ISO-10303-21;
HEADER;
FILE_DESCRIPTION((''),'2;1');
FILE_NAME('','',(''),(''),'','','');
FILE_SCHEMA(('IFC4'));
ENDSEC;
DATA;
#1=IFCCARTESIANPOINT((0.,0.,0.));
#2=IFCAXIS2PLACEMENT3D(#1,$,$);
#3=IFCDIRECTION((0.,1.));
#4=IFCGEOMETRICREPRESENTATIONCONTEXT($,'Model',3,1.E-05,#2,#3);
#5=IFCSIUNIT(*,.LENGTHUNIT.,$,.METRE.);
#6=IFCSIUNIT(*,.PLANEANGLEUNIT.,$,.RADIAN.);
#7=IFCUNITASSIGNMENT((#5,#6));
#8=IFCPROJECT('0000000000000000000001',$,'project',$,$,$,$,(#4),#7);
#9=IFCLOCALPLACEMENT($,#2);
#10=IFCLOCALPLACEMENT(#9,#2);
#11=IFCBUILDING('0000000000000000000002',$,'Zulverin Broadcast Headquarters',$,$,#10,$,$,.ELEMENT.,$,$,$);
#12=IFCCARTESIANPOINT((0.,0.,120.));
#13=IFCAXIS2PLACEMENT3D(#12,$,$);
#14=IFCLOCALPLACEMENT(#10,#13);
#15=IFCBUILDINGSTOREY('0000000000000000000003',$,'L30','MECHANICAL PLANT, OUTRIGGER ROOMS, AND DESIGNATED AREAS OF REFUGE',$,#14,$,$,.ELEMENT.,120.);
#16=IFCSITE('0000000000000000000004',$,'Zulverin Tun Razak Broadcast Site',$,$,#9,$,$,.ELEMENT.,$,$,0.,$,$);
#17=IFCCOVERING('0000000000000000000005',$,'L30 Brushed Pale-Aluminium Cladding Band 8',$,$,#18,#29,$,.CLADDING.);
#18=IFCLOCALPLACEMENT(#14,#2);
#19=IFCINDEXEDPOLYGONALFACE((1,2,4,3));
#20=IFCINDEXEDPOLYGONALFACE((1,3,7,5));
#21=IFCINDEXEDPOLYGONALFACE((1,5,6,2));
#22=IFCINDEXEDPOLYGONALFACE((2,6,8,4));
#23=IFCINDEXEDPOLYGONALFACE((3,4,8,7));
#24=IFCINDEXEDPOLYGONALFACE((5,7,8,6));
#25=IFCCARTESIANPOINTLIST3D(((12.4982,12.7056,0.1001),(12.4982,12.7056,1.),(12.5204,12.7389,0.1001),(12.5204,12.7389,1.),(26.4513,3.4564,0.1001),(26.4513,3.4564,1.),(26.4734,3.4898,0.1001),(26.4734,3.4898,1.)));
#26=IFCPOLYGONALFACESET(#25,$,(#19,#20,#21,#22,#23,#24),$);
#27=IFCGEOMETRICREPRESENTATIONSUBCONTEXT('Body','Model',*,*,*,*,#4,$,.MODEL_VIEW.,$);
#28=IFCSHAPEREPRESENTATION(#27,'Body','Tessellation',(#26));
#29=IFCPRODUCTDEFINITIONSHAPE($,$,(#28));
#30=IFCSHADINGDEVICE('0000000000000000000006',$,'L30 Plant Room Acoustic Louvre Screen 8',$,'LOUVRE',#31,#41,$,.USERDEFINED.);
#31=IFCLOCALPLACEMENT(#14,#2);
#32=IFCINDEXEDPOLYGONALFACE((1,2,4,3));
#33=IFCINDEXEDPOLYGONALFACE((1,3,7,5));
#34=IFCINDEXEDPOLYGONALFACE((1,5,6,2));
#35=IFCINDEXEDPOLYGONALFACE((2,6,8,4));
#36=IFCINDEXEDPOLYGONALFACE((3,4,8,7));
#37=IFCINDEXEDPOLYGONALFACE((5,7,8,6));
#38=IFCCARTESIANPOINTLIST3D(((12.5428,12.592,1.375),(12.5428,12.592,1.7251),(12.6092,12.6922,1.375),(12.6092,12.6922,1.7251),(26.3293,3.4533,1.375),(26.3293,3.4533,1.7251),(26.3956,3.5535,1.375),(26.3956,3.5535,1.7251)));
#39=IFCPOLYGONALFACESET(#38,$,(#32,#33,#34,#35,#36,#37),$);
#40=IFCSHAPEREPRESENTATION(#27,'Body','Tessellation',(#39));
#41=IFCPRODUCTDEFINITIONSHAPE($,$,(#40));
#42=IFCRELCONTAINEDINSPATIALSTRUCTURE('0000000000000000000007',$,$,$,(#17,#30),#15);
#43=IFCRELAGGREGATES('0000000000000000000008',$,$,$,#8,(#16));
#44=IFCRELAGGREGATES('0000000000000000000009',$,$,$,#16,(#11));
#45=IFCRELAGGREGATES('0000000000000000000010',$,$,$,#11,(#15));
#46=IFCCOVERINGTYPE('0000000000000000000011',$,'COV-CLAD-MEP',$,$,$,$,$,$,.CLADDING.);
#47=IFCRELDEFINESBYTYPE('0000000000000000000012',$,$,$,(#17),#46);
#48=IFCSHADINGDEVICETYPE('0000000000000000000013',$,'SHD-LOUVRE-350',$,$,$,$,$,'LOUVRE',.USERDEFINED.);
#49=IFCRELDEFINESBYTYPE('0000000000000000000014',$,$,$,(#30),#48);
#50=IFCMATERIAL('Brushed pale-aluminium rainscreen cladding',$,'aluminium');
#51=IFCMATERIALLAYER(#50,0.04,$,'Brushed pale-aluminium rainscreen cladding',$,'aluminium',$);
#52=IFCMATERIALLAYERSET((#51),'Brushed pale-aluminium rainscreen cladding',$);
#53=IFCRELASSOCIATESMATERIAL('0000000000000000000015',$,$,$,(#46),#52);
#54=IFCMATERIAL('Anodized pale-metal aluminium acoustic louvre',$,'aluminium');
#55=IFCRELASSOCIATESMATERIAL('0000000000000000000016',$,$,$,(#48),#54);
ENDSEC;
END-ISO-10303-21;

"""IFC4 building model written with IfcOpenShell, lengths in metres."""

from ifc_helpers import new_model, si_unit, direction, frame, origin, origin_2d, place, context, subcontext, project, spatial, rectangle, extrude, material, layer, layer_set, type_object, element, save


model = new_model("IFC4")

# Units and contexts
model_context = context("Model", 3, precision=1e-05, world=origin(), true_north=direction((0.0, 1.0)))
body_context = subcontext(model_context, "Body", "Model", "MODEL_VIEW")
ifc_project = project(units=[si_unit("LENGTHUNIT", "METRE"), si_unit("PLANEANGLEUNIT", "RADIAN")], contexts=[model_context])

# Site, building, storey
site_placement = place(None, origin())
site = spatial("IfcSite", under=ifc_project, at=site_placement, Name="Zulverin Tun Razak Broadcast Site", CompositionType="ELEMENT", RefElevation=0.0)
building_placement = place(site_placement, origin())
building = spatial("IfcBuilding", under=site, at=building_placement, Name="Zulverin Broadcast Headquarters", CompositionType="ELEMENT")
storey_placement = place(building_placement, frame((0.0, 0.0, 120.0)))
storey = spatial("IfcBuildingStorey", under=building, at=storey_placement, Name="L30", Description="MECHANICAL PLANT, OUTRIGGER ROOMS, AND DESIGNATED AREAS OF REFUGE", CompositionType="ELEMENT", Elevation=120.0)

# Covering
ifc_material_1 = material(Name="Brushed pale-aluminium rainscreen cladding", Category="aluminium")
ifc_layer_1 = layer(ifc_material_1, 0.04, Name="Brushed pale-aluminium rainscreen cladding", Category="aluminium")
ifc_layer_set_1 = layer_set([ifc_layer_1], Name="Brushed pale-aluminium rainscreen cladding")
covering_type = type_object("IfcCoveringType", Name="COV-CLAD-MEP", PredefinedType="CLADDING", material=ifc_layer_set_1)
covering_placement = place(storey_placement, frame((19.4858, 8.0977, 0.1001), z_axis=(0.0, 0.0, 1.0), x_axis=(0.833505, -0.552512, 0.0)))
element("IfcCovering", 1, at=covering_placement, inside=storey, type_object=covering_type, Name="L30 Brushed Pale-Aluminium Cladding Band 8", PredefinedType="CLADDING", context=body_context, shape_type="SweptSolid", body=[
    extrude(rectangle(XDim=16.7402, YDim=0.04, at=origin_2d()), origin(), (0.0, 0.0, 1.0), 0.8999),
])

# Shading device
ifc_material_2 = material(Name="Anodized pale-metal aluminium acoustic louvre", Category="aluminium")
shading_device_type = type_object("IfcShadingDeviceType", Name="SHD-LOUVRE-350", ElementType="LOUVRE", PredefinedType="USERDEFINED", material=ifc_material_2)
shading_device_placement = place(storey_placement, frame((19.4692, 8.0728, 1.375), z_axis=(0.0, 0.0, 1.0), x_axis=(0.833505, -0.552512, 0.0)))
element("IfcShadingDevice", 2, at=shading_device_placement, inside=storey, type_object=shading_device_type, Name="L30 Plant Room Acoustic Louvre Screen 8", ObjectType="LOUVRE", PredefinedType="USERDEFINED", context=body_context, shape_type="SweptSolid", body=[
    extrude(rectangle(XDim=16.5403, YDim=0.1201, at=origin_2d()), origin(), (0.0, 0.0, 1.0), 0.3501),
])

save(model, "model.ifc")
